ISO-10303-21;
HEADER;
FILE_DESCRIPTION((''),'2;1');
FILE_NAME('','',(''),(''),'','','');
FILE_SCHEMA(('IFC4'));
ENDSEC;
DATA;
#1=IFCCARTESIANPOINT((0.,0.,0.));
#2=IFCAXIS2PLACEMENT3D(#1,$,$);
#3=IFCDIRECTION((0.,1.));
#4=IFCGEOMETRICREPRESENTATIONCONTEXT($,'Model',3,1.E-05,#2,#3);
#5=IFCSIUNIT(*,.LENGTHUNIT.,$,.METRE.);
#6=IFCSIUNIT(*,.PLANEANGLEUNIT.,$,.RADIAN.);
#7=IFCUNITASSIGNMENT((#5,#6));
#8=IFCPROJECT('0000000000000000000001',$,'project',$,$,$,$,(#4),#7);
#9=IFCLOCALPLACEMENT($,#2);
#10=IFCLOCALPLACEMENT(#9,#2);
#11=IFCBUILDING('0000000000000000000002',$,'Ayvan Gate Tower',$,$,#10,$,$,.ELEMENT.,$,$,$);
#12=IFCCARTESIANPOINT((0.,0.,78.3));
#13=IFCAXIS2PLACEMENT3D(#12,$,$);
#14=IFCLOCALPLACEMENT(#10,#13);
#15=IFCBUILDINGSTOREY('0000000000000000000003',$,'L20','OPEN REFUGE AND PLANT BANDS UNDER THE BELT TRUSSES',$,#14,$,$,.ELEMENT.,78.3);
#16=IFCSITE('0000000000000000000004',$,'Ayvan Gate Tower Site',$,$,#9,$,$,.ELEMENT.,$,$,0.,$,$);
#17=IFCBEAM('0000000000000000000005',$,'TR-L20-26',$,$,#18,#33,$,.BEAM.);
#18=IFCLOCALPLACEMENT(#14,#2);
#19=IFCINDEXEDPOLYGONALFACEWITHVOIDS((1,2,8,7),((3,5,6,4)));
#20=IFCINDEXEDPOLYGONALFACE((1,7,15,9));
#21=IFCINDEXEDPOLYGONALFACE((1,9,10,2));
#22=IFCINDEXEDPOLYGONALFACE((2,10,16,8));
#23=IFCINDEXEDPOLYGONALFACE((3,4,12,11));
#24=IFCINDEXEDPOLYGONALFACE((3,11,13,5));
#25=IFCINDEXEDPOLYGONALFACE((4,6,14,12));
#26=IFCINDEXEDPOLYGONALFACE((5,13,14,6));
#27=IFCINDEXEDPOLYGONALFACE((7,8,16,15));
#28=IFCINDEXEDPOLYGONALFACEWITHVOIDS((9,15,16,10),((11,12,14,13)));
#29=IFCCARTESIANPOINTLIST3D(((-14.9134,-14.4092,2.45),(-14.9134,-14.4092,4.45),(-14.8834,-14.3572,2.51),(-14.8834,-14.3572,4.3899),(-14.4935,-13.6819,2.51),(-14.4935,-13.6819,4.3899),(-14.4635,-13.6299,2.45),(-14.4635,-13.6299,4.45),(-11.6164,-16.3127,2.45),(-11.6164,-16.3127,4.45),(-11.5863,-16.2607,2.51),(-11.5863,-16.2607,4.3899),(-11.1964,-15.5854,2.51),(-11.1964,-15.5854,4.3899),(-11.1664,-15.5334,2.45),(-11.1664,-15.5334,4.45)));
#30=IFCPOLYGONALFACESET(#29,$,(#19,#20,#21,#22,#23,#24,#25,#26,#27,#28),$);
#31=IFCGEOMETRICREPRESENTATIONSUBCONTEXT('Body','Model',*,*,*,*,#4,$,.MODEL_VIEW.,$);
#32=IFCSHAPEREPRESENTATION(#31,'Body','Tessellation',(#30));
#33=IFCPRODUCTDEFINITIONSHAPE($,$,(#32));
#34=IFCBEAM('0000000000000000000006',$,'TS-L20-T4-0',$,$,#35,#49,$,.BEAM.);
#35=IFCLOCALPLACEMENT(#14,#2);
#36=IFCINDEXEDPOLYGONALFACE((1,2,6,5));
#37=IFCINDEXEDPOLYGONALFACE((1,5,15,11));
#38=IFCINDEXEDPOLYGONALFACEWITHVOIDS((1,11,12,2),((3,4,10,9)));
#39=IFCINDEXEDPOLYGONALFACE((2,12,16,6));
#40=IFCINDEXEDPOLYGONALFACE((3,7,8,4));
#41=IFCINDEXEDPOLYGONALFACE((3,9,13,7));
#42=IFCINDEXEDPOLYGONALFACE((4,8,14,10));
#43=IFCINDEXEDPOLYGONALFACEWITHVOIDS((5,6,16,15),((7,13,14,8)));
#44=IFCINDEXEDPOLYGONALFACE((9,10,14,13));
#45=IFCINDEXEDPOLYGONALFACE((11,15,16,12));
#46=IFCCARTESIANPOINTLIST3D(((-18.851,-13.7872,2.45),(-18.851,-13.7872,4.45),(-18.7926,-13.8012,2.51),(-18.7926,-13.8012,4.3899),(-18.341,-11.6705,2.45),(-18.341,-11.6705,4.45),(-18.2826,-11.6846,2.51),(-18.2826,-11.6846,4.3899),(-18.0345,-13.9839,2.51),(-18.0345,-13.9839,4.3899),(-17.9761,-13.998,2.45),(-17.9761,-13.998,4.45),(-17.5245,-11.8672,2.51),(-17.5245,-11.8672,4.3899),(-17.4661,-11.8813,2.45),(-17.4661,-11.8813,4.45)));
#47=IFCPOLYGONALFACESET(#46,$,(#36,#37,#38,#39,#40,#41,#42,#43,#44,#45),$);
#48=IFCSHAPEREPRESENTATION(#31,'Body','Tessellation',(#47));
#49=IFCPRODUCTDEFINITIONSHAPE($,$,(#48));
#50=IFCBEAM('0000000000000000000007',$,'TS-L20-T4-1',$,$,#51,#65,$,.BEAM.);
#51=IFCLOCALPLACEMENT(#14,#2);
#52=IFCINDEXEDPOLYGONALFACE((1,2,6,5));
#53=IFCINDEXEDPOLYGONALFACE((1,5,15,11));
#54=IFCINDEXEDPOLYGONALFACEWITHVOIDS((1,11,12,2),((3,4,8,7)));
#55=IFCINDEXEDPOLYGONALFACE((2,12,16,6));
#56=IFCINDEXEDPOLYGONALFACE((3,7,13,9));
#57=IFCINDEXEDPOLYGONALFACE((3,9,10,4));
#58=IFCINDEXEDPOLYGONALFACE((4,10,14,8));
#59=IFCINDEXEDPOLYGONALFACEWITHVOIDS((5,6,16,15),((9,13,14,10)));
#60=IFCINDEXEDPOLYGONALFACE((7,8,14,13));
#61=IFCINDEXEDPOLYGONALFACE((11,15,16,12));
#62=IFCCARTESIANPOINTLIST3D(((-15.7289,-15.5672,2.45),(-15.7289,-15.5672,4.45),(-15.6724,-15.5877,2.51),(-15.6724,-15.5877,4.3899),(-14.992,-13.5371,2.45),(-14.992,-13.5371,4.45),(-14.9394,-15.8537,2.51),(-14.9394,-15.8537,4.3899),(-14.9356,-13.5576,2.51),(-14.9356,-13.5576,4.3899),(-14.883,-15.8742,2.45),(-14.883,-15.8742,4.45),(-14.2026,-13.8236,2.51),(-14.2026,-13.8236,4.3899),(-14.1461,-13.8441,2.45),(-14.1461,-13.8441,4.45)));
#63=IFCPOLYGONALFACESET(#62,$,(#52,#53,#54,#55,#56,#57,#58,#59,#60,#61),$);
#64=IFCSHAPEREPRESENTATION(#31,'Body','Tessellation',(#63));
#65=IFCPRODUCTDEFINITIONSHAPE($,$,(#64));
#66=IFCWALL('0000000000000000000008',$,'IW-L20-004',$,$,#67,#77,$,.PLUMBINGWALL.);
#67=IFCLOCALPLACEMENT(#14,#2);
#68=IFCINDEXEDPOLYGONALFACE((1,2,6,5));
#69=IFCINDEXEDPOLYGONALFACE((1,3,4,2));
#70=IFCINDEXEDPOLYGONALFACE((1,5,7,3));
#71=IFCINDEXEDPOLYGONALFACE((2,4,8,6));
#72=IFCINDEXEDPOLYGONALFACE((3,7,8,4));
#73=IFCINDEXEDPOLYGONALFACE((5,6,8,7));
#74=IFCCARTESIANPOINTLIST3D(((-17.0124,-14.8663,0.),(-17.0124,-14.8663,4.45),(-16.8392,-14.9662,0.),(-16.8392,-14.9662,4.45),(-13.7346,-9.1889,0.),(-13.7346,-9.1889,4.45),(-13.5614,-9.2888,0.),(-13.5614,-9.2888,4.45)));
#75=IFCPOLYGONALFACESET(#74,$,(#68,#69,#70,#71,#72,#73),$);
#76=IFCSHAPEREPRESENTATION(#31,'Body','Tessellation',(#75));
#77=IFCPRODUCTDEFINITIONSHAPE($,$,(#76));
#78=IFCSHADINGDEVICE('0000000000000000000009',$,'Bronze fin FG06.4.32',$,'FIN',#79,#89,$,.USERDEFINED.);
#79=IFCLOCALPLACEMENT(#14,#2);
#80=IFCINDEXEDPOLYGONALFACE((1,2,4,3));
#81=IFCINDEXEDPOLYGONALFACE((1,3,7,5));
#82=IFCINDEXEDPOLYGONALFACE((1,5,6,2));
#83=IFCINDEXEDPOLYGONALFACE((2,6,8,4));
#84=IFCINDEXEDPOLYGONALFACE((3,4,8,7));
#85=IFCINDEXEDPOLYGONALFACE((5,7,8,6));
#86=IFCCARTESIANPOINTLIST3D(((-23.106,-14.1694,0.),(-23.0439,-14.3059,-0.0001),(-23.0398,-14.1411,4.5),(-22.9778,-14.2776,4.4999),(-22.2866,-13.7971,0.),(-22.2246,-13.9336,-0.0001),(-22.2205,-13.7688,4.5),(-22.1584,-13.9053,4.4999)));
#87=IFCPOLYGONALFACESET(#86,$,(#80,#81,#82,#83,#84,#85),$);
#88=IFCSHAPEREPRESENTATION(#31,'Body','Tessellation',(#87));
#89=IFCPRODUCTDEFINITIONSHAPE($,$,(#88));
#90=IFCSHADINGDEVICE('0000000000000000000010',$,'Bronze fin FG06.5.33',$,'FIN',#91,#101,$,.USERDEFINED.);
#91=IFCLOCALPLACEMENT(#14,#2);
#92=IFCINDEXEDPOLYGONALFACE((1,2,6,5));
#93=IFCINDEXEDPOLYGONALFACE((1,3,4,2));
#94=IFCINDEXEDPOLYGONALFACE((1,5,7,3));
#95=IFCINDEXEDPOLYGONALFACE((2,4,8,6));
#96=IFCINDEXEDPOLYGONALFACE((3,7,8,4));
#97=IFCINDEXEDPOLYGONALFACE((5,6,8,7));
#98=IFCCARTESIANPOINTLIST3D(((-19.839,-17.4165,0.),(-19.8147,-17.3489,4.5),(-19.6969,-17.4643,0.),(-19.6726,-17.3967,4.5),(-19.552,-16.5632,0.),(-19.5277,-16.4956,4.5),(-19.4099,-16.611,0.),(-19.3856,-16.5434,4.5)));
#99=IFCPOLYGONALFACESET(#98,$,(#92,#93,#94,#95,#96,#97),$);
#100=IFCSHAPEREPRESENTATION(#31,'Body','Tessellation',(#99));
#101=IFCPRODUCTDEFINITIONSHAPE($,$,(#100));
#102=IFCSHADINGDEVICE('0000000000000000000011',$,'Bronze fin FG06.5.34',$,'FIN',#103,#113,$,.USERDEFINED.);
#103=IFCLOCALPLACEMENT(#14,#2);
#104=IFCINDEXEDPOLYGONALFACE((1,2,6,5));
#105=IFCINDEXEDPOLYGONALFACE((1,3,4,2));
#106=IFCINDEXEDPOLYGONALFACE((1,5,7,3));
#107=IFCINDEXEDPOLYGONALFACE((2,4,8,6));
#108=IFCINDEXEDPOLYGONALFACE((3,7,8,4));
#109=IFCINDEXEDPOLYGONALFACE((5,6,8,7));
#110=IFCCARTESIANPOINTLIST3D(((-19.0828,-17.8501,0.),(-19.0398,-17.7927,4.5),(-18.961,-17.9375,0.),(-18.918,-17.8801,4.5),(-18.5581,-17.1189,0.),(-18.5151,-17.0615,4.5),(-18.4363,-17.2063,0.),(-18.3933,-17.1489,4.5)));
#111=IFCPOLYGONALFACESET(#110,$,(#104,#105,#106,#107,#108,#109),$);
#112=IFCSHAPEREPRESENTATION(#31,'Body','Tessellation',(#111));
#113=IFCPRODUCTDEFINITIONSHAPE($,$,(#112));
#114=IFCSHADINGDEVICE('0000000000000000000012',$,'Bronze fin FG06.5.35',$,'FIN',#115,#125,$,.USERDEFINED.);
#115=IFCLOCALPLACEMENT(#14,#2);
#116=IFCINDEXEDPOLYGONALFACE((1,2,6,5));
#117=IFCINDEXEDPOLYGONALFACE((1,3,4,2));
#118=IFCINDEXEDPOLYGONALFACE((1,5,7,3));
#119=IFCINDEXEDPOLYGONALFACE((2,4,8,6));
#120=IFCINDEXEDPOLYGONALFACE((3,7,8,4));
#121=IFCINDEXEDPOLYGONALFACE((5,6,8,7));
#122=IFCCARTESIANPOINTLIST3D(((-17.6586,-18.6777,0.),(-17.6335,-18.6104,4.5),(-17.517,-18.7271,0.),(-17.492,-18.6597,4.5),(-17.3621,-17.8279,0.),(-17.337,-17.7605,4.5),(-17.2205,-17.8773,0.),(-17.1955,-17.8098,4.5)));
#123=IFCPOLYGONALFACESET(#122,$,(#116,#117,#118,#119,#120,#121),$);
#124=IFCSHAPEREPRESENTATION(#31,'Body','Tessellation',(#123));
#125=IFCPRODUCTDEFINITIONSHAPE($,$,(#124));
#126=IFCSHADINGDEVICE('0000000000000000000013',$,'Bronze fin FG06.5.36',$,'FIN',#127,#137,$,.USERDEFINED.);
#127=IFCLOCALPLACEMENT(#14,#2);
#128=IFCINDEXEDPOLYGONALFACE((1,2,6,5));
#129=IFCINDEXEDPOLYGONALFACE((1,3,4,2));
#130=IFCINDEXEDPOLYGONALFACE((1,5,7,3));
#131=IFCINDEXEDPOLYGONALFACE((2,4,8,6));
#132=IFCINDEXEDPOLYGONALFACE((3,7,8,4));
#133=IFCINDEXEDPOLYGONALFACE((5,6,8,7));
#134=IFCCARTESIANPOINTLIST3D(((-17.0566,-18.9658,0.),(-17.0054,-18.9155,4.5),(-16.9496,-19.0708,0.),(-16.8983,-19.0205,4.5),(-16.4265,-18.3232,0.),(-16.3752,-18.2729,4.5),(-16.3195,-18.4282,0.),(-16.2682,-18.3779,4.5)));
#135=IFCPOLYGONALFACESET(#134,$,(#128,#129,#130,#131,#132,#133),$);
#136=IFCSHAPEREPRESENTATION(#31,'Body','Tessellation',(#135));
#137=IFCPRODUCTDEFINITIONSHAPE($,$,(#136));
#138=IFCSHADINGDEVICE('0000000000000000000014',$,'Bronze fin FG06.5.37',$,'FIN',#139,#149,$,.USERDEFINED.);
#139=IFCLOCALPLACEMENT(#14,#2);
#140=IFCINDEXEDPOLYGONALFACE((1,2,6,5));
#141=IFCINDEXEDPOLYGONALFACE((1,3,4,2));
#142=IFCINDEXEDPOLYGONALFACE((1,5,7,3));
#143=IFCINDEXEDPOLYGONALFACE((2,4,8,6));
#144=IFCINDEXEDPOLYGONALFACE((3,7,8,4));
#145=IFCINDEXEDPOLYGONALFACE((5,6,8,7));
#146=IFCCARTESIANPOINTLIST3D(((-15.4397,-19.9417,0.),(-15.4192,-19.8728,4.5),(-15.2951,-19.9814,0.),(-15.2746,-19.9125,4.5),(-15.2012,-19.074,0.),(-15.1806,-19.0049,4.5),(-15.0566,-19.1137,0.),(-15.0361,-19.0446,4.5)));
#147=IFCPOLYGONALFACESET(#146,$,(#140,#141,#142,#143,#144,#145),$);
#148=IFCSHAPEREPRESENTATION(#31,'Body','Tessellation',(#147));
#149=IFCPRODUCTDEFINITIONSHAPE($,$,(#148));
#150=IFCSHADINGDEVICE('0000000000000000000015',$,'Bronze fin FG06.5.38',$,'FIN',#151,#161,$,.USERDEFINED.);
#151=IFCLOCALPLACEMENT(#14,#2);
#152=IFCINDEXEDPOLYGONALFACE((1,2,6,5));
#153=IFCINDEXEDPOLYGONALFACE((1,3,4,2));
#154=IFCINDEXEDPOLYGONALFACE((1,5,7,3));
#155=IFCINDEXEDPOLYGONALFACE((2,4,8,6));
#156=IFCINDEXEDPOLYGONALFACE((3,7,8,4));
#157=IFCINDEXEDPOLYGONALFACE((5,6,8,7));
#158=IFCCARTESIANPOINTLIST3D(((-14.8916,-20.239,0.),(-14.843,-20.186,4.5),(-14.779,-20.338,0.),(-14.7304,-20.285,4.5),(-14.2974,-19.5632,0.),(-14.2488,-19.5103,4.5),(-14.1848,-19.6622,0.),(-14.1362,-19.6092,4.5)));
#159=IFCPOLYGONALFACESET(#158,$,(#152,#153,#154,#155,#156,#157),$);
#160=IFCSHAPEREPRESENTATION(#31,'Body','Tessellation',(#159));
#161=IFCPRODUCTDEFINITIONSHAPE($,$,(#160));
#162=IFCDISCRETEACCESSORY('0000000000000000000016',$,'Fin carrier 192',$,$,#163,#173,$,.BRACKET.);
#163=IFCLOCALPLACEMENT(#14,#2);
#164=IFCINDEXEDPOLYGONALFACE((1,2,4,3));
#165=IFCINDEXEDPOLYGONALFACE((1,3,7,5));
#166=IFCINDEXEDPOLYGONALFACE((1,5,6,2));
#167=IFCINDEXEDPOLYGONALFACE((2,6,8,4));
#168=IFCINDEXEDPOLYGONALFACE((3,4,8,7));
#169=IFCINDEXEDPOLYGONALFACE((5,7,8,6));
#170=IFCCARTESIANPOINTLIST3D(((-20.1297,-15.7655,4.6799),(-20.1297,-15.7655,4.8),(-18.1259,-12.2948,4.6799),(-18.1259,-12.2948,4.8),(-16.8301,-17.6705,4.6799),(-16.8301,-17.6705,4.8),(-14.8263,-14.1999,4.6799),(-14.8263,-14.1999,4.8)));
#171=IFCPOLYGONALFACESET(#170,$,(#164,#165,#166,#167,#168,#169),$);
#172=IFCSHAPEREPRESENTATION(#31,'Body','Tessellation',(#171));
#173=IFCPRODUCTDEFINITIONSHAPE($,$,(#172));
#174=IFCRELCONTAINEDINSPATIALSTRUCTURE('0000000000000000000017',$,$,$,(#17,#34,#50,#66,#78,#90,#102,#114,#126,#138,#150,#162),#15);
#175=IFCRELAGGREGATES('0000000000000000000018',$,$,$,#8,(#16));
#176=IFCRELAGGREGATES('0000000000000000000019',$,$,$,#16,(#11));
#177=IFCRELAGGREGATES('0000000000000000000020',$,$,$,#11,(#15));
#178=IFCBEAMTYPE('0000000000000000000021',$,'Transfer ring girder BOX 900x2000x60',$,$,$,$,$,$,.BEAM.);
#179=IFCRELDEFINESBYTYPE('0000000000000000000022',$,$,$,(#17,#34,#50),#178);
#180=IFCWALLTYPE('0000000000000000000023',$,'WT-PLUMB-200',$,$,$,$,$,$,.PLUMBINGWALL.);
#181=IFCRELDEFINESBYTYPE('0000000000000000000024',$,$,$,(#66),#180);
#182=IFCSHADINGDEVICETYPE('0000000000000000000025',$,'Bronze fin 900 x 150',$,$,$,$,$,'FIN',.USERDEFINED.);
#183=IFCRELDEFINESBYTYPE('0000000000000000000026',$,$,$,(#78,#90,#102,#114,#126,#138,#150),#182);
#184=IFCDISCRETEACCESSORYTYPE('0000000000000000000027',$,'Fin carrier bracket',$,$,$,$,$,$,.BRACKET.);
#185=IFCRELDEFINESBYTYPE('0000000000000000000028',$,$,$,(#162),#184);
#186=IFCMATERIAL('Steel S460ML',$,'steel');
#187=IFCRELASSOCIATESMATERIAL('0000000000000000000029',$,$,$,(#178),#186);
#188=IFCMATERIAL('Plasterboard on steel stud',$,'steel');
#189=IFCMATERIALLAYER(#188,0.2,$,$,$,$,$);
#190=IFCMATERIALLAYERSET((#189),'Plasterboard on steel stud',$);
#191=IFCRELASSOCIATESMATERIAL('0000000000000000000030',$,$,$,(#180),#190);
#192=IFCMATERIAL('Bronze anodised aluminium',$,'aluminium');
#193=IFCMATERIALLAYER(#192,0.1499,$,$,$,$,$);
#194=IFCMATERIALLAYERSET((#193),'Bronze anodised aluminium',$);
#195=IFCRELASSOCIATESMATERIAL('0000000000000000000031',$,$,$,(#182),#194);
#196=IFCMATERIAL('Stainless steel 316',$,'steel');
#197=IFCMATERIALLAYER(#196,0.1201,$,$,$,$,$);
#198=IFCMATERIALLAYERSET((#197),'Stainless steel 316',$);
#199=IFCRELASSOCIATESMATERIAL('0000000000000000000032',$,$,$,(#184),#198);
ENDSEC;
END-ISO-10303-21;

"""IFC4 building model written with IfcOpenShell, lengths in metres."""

from ifc_helpers import new_model, si_unit, direction, frame, frame_2d, origin, origin_2d, place, context, subcontext, project, spatial, polyline, rectangle, hollow_rectangle, outline, extrude, material, layer, layer_set, material_profile, profile_set, type_object, element, save


model = new_model("IFC4")

# Units and contexts
model_context = context("Model", 3, precision=1e-05, world=origin(), true_north=direction((0.0, 1.0)))
body_context = subcontext(model_context, "Body", "Model", "MODEL_VIEW")
ifc_project = project(units=[si_unit("LENGTHUNIT", "METRE"), si_unit("PLANEANGLEUNIT", "RADIAN")], contexts=[model_context])

# Site, building, storey
site_placement = place(None, origin())
site = spatial("IfcSite", under=ifc_project, at=site_placement, Name="Ayvan Gate Tower Site", CompositionType="ELEMENT", RefElevation=0.0)
building_placement = place(site_placement, origin())
building = spatial("IfcBuilding", under=site, at=building_placement, Name="Ayvan Gate Tower", CompositionType="ELEMENT")
storey_placement = place(building_placement, frame((0.0, 0.0, 78.3)))
storey = spatial("IfcBuildingStorey", under=building, at=storey_placement, Name="L20", Description="OPEN REFUGE AND PLANT BANDS UNDER THE BELT TRUSSES", CompositionType="ELEMENT", Elevation=78.3)

# Shared definitions
ifc_material_1 = material(Name="Steel S460ML", Category="steel")

# Beams
ifc_material_profile_1 = material_profile(ifc_material_1, hollow_rectangle(XDim=0.8999, YDim=2.0, WallThickness=0.0601, at=origin_2d()), Name="BOX 900x2000x60")
ifc_profile_set_1 = profile_set([ifc_material_profile_1], Name="Steel S460ML")
beam_type_1 = type_object("IfcBeamType", Name="Transfer ring girder BOX 900x2000x60", PredefinedType="BEAM", material=ifc_profile_set_1)
beam_1_placement = place(storey_placement, frame((-14.6885, -14.0195, 3.45), z_axis=(0.866029, -0.499994, 0.0), x_axis=(0.499994, 0.866029, 0.0)))
element("IfcBeam", 1, at=beam_1_placement, inside=storey, type_object=beam_type_1, Name="TR-L20-26", PredefinedType="BEAM", context=body_context, shape_type="SweptSolid", body=[
    extrude(hollow_rectangle(XDim=0.8999, YDim=2.0, WallThickness=0.0601, at=origin_2d()), origin(), (0.0, 0.0, 1.0), 3.8071),
])
beam_2_placement = place(storey_placement, frame((-18.4136, -13.8926, 3.45), z_axis=(0.234242, 0.972178, 0.0), x_axis=(-0.972178, 0.234242, 0.0)))
element("IfcBeam", 2, at=beam_2_placement, inside=storey, type_object=beam_type_1, Name="TS-L20-T4-0", PredefinedType="BEAM", context=body_context, shape_type="SweptSolid", body=[
    extrude(hollow_rectangle(XDim=0.8999, YDim=2.0, WallThickness=0.0601, at=origin_2d()), origin(), (0.0, 0.0, 1.0), 2.1772),
])
beam_3_placement = place(storey_placement, frame((-15.3059, -15.7207, 3.45), z_axis=(0.34118, 0.939998, 0.0), x_axis=(-0.939998, 0.34118, 0.0)))
element("IfcBeam", 3, at=beam_3_placement, inside=storey, type_object=beam_type_1, Name="TS-L20-T4-1", PredefinedType="BEAM", context=body_context, shape_type="SweptSolid", body=[
    extrude(hollow_rectangle(XDim=0.8999, YDim=2.0, WallThickness=0.0601, at=origin_2d()), origin(), (0.0, 0.0, 1.0), 2.1597),
])

# Wall
ifc_material_2 = material(Name="Plasterboard on steel stud", Category="steel")
ifc_layer_1 = layer(ifc_material_2, 0.2)
ifc_layer_set_1 = layer_set([ifc_layer_1], Name="Plasterboard on steel stud")
wall_type = type_object("IfcWallType", Name="WT-PLUMB-200", PredefinedType="PLUMBINGWALL", material=ifc_layer_set_1)
wall_placement = place(storey_placement, frame((-16.9258, -14.9163, 0.0), z_axis=(0.0, 0.0, 1.0), x_axis=(0.499992, 0.86603, 0.0)))
element("IfcWall", 4, at=wall_placement, inside=storey, type_object=wall_type, Name="IW-L20-004", PredefinedType="PLUMBINGWALL", context=body_context, shape_type="SweptSolid", body=[
    extrude(rectangle(XDim=6.5557, YDim=0.2, at=frame_2d((3.2778, 0.0))), origin(), (0.0, 0.0, 1.0), 4.45),
])

# Shading devices
ifc_material_3 = material(Name="Bronze anodised aluminium", Category="aluminium")
ifc_layer_2 = layer(ifc_material_3, 0.1499)
ifc_layer_set_2 = layer_set([ifc_layer_2], Name="Bronze anodised aluminium")
shading_device_type = type_object("IfcShadingDeviceType", Name="Bronze fin 900 x 150", ElementType="FIN", PredefinedType="USERDEFINED", material=ifc_layer_set_2)
shading_device_1_placement = place(storey_placement, frame((-22.2866, -13.7971, 0.0), z_axis=(-0.413701, 0.910413, 0.000353), x_axis=(-0.910413, -0.413701, 0.0)))
element("IfcShadingDevice", 5, at=shading_device_1_placement, inside=storey, type_object=shading_device_type, Name="Bronze fin FG06.4.32", ObjectType="FIN", PredefinedType="USERDEFINED", context=body_context, shape_type="SweptSolid", body=[
    extrude(outline(polyline([(0.0, 0.0), (0.9, 0.0), (0.828, 4.5), (-0.072, 4.5), (0.0, 0.0)])), origin(), (0.0, 0.0, -1.0), 0.1499),
])
shading_device_2_placement = place(storey_placement, frame((-19.552, -16.5632, 0.0), z_axis=(-0.947826, 0.318789, 0.000326), x_axis=(-0.318789, -0.947826, 0.0)))
element("IfcShadingDevice", 6, at=shading_device_2_placement, inside=storey, type_object=shading_device_type, Name="Bronze fin FG06.5.33", ObjectType="FIN", PredefinedType="USERDEFINED", context=body_context, shape_type="SweptSolid", body=[
    extrude(outline(polyline([(0.0, 0.0), (0.9003, 0.0), (0.8284, 4.5), (-0.0718, 4.5), (0.0, 0.0)])), origin(), (0.0, 0.0, -1.0), 0.1499),
])
shading_device_3_placement = place(storey_placement, frame((-18.5581, -17.1189, 0.0), z_axis=(-0.812485, 0.582982, 0.000325), x_axis=(-0.582982, -0.812485, 0.0)))
element("IfcShadingDevice", 7, at=shading_device_3_placement, inside=storey, type_object=shading_device_type, Name="Bronze fin FG06.5.34", ObjectType="FIN", PredefinedType="USERDEFINED", context=body_context, shape_type="SweptSolid", body=[
    extrude(outline(polyline([(0.0, 0.0), (0.9, 0.0), (0.8283, 4.5), (-0.0717, 4.5), (0.0, 0.0)])), origin(), (0.0, 0.0, -1.0), 0.1499),
])
shading_device_4_placement = place(storey_placement, frame((-17.3621, -17.8279, 0.0), z_axis=(-0.944183, 0.32942, 0.000318), x_axis=(-0.32942, -0.944184, 0.0)))
element("IfcShadingDevice", 8, at=shading_device_4_placement, inside=storey, type_object=shading_device_type, Name="Bronze fin FG06.5.35", ObjectType="FIN", PredefinedType="USERDEFINED", context=body_context, shape_type="SweptSolid", body=[
    extrude(outline(polyline([(0.0, 0.0), (0.9001, 0.0), (0.8282, 4.5), (-0.0719, 4.5), (0.0, 0.0)])), origin(), (0.0, 0.0, -1.0), 0.1499),
])
shading_device_5_placement = place(storey_placement, frame((-16.4265, -18.3232, 0.0), z_axis=(-0.71399, 0.700155, 0.00031), x_axis=(-0.700155, -0.71399, 0.0)))
element("IfcShadingDevice", 9, at=shading_device_5_placement, inside=storey, type_object=shading_device_type, Name="Bronze fin FG06.5.36", ObjectType="FIN", PredefinedType="USERDEFINED", context=body_context, shape_type="SweptSolid", body=[
    extrude(outline(polyline([(0.0, 0.0), (0.9, 0.0), (0.8282, 4.5), (-0.0718, 4.5), (0.0, 0.0)])), origin(), (0.0, 0.0, -1.0), 0.1499),
])
shading_device_6_placement = place(storey_placement, frame((-15.2012, -19.074, 0.0), z_axis=(-0.964239, 0.265034, 0.000332), x_axis=(-0.265034, -0.964239, 0.0)))
element("IfcShadingDevice", 10, at=shading_device_6_placement, inside=storey, type_object=shading_device_type, Name="Bronze fin FG06.5.37", ObjectType="FIN", PredefinedType="USERDEFINED", context=body_context, shape_type="SweptSolid", body=[
    extrude(outline(polyline([(0.0, 0.0), (0.8999, 0.0), (0.828, 4.5), (-0.0721, 4.5), (0.0, 0.0)])), origin(), (0.0, 0.0, -1.0), 0.1499),
])
shading_device_7_placement = place(storey_placement, frame((-14.2974, -19.5632, 0.0), z_axis=(-0.750961, 0.660346, 0.000333), x_axis=(-0.660347, -0.750961, 0.0)))
element("IfcShadingDevice", 11, at=shading_device_7_placement, inside=storey, type_object=shading_device_type, Name="Bronze fin FG06.5.38", ObjectType="FIN", PredefinedType="USERDEFINED", context=body_context, shape_type="SweptSolid", body=[
    extrude(outline(polyline([(0.0, 0.0), (0.8999, 0.0), (0.828, 4.5), (-0.0719, 4.5), (0.0, 0.0)])), origin(), (0.0, 0.0, -1.0), 0.1499),
])

# Discrete accessory
ifc_material_4 = material(Name="Stainless steel 316", Category="steel")
ifc_layer_3 = layer(ifc_material_4, 0.1201)
ifc_layer_set_3 = layer_set([ifc_layer_3], Name="Stainless steel 316")
discrete_accessory_type_1 = type_object("IfcDiscreteAccessoryType", Name="Fin carrier bracket", PredefinedType="BRACKET", material=ifc_layer_set_3)
discrete_accessory_1_placement = place(storey_placement, frame((-17.478, -14.9827, 4.6799), z_axis=(0.0, 0.0, 1.0), x_axis=(0.866025, -0.5, 0.0)))
element("IfcDiscreteAccessory", 12, at=discrete_accessory_1_placement, inside=storey, type_object=discrete_accessory_type_1, Name="Fin carrier 192", PredefinedType="BRACKET", context=body_context, shape_type="SweptSolid", body=[
    extrude(rectangle(XDim=3.8101, YDim=4.0076, at=origin_2d()), origin(), (0.0, 0.0, 1.0), 0.1201),
])

save(model, "model.ifc")
